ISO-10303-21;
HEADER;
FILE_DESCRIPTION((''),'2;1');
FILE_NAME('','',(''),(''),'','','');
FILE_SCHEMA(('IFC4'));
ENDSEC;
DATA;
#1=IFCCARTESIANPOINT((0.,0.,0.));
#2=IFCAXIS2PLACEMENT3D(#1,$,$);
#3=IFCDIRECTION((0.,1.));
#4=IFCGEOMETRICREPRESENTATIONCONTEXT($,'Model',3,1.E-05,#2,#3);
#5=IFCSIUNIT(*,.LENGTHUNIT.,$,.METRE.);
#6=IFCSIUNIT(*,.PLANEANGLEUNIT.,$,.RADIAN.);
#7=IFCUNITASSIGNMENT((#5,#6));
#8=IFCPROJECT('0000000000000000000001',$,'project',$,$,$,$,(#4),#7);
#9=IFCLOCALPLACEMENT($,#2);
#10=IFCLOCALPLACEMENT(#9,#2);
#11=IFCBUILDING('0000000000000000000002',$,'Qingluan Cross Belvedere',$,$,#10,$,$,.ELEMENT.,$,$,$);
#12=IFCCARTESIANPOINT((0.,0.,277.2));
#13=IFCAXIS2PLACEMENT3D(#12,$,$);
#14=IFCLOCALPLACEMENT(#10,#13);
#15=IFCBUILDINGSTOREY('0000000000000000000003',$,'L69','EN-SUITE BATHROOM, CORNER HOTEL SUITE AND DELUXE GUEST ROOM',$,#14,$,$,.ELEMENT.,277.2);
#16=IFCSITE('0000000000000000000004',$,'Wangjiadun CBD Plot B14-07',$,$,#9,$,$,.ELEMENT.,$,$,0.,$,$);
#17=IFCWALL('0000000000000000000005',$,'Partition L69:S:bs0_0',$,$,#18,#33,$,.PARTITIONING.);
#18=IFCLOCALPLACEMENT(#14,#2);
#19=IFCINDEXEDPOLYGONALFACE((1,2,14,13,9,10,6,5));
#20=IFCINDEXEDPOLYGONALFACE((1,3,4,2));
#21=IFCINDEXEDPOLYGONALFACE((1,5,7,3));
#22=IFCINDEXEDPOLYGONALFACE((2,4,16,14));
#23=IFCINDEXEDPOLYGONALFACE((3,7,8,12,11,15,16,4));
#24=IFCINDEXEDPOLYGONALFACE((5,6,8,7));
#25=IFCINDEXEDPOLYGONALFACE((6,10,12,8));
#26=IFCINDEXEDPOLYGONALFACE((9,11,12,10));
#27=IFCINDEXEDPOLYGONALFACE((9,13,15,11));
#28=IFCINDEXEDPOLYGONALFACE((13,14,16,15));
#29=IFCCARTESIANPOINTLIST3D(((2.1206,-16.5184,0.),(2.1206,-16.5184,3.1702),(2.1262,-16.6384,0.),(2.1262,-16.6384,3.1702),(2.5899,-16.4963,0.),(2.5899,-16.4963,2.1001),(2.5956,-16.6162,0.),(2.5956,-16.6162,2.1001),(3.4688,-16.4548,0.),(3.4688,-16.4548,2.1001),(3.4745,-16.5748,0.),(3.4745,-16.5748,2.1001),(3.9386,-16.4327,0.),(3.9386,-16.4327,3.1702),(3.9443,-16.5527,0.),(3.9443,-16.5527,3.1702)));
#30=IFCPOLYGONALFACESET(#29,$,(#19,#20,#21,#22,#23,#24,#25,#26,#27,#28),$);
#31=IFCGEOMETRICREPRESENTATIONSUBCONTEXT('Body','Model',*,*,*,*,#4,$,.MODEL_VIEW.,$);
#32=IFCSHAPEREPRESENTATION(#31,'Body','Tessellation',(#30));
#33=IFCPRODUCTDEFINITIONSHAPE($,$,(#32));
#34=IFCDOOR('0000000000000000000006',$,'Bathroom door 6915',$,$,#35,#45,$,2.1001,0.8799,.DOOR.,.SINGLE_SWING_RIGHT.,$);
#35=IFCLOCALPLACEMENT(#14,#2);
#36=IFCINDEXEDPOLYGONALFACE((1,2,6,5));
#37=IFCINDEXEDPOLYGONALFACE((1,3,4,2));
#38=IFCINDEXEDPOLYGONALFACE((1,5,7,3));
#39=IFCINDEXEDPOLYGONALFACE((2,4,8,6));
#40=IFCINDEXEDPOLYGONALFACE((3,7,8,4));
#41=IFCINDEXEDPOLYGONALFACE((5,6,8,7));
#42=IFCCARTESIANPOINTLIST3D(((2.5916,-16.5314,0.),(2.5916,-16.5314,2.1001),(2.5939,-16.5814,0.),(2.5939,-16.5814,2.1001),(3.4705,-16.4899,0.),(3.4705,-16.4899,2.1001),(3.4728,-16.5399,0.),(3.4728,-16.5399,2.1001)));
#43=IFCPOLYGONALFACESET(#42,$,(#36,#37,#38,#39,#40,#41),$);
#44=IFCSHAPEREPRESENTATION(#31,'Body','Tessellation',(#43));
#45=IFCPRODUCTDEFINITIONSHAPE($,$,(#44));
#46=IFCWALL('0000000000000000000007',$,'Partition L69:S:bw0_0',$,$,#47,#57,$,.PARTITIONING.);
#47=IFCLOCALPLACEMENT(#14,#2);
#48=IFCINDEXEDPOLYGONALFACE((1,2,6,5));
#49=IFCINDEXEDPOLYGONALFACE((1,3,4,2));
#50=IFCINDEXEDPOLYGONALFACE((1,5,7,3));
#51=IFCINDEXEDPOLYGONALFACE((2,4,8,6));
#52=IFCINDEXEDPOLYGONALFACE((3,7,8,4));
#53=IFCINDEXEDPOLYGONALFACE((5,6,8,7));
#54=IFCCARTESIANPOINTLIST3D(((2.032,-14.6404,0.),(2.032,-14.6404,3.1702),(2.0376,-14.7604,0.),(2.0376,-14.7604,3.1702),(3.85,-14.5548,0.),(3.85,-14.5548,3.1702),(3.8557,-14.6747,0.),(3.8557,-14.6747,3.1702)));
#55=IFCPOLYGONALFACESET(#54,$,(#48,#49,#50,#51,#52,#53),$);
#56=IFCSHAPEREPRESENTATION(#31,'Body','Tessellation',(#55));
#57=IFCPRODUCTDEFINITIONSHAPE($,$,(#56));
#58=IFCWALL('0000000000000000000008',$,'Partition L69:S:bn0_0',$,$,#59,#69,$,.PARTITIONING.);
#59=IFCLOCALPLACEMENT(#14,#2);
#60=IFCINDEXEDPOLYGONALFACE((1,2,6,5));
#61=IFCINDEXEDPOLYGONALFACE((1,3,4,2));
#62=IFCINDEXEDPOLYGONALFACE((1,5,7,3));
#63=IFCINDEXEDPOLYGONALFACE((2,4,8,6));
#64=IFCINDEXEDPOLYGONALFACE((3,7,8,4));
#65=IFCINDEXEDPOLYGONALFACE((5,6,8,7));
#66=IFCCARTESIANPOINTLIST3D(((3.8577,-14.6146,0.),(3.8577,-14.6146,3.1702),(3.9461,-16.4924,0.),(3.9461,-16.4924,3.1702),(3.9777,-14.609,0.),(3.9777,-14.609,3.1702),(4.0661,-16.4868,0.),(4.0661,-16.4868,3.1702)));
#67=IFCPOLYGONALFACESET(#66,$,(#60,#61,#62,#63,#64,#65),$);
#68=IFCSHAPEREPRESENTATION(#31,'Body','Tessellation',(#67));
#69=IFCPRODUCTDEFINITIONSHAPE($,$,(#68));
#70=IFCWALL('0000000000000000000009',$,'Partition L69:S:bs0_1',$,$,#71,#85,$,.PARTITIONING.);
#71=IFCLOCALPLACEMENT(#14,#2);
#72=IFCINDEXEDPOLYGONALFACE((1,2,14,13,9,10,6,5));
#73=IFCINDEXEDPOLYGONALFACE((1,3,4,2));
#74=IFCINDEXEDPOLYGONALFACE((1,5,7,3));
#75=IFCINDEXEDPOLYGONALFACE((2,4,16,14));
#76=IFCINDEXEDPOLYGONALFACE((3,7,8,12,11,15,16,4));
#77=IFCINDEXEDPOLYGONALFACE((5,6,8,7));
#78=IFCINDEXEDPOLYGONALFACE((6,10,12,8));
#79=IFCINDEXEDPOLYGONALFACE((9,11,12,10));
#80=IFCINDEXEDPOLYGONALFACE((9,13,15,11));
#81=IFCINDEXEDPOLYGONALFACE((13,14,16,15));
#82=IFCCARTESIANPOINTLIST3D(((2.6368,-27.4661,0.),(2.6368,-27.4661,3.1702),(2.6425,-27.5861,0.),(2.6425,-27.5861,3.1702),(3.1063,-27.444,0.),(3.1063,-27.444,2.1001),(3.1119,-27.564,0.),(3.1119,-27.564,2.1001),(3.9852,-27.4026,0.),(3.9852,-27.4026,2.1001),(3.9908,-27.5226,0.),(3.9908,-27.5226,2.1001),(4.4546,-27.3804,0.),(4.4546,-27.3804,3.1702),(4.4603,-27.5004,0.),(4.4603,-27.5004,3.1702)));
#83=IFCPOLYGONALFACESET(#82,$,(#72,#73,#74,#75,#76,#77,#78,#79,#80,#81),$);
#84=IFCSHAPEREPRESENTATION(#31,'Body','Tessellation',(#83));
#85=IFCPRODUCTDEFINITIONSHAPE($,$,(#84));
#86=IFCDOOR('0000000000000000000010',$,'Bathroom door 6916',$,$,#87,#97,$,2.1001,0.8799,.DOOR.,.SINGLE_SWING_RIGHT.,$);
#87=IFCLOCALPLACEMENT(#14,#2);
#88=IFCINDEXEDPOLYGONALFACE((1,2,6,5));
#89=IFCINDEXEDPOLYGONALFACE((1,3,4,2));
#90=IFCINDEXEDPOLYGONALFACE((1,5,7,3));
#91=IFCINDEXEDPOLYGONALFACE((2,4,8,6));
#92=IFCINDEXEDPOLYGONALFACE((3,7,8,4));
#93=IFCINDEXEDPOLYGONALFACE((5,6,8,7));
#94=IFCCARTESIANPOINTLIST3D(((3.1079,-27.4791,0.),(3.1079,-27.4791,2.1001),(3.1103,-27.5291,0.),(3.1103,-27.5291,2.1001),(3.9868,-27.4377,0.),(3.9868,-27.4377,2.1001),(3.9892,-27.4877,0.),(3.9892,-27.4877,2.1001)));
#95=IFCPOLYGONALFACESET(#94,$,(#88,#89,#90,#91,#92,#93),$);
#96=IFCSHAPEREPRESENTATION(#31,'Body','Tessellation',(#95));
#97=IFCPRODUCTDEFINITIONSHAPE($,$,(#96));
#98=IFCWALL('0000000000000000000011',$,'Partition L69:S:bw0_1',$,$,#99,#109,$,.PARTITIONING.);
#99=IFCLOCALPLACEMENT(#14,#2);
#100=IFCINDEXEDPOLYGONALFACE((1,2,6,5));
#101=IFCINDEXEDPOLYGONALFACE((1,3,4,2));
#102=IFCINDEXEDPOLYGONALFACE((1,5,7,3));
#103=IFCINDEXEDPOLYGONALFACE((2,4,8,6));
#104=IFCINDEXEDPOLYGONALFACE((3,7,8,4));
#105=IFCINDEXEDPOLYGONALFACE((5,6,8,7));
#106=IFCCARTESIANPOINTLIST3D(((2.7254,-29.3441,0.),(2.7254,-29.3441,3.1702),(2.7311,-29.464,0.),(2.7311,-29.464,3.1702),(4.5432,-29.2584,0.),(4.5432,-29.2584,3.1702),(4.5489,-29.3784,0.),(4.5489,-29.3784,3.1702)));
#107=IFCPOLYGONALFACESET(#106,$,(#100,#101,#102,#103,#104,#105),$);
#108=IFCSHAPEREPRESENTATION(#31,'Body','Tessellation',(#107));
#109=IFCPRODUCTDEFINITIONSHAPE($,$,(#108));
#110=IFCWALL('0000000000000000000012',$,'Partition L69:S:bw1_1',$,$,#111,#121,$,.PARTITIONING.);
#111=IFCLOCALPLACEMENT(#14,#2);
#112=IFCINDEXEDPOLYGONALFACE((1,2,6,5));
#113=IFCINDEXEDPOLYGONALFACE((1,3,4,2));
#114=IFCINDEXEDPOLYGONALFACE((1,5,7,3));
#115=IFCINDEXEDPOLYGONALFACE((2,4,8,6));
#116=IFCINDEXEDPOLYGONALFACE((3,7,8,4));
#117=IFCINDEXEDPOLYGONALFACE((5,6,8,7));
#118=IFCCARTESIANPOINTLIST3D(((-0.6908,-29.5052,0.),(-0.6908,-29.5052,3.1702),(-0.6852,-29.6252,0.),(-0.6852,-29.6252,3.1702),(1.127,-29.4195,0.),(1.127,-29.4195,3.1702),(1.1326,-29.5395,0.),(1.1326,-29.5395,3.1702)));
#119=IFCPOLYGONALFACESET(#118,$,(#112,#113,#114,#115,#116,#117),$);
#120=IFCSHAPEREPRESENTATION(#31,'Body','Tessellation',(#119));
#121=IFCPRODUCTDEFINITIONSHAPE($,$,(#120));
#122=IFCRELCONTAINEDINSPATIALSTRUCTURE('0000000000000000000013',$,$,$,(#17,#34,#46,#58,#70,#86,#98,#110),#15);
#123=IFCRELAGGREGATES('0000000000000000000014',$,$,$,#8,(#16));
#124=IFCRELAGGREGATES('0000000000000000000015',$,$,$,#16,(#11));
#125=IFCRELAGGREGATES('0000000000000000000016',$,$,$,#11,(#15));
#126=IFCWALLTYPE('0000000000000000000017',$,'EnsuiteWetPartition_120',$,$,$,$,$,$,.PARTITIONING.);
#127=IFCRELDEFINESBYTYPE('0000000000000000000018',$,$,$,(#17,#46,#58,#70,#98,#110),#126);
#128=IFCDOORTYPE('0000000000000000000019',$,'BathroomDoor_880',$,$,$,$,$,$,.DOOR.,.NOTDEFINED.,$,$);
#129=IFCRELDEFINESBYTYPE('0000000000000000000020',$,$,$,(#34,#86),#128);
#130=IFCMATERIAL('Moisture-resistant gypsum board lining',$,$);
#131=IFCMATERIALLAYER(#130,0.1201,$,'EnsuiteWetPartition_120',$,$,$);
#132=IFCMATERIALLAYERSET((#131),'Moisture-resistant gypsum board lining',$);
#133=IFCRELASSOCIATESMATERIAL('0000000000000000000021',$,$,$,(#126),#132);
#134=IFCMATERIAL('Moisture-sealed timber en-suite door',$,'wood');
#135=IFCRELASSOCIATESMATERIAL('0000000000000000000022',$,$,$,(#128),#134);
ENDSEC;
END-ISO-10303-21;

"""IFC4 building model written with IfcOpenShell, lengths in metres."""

from ifc_helpers import new_model, si_unit, direction, frame, frame_2d, origin, place, context, subcontext, project, spatial, rectangle, extrude, material, layer, layer_set, type_object, element, fill, save


model = new_model("IFC4")

# Units and contexts
model_context = context("Model", 3, precision=1e-05, world=origin(), true_north=direction((0.0, 1.0)))
body_context = subcontext(model_context, "Body", "Model", "MODEL_VIEW")
ifc_project = project(units=[si_unit("LENGTHUNIT", "METRE"), si_unit("PLANEANGLEUNIT", "RADIAN")], contexts=[model_context])

# Site, building, storey
site_placement = place(None, origin())
site = spatial("IfcSite", under=ifc_project, at=site_placement, Name="Wangjiadun CBD Plot B14-07", CompositionType="ELEMENT", RefElevation=0.0)
building_placement = place(site_placement, origin())
building = spatial("IfcBuilding", under=site, at=building_placement, Name="Qingluan Cross Belvedere", CompositionType="ELEMENT")
storey_placement = place(building_placement, frame((0.0, 0.0, 277.2)))
storey = spatial("IfcBuildingStorey", under=building, at=storey_placement, Name="L69", Description="EN-SUITE BATHROOM, CORNER HOTEL SUITE AND DELUXE GUEST ROOM", CompositionType="ELEMENT", Elevation=277.2)

# Wall, opening, door
ifc_material_1 = material(Name="Moisture-resistant gypsum board lining")
ifc_layer_1 = layer(ifc_material_1, 0.1201, Name="EnsuiteWetPartition_120")
ifc_layer_set_1 = layer_set([ifc_layer_1], Name="Moisture-resistant gypsum board lining")
wall_type_1 = type_object("IfcWallType", Name="EnsuiteWetPartition_120", PredefinedType="PARTITIONING", material=ifc_layer_set_1)
wall_1_placement = place(storey_placement, frame((2.1233, -16.5784, 0.0), z_axis=(0.0, 0.0, 1.0), x_axis=(0.998891, 0.047081, 0.0)))
wall_1 = element("IfcWall", 1, at=wall_1_placement, inside=storey, type_object=wall_type_1, Name="Partition L69:S:bs0_0", PredefinedType="PARTITIONING", context=body_context, shape_type="SweptSolid", body=[
    extrude(rectangle(XDim=1.8201, YDim=0.1201, at=frame_2d((0.9102, 0.0))), origin(), (0.0, 0.0, 1.0), 3.1702),
])
opening_1_placement = place(wall_1_placement, frame((0.47, 0.0, 0.0)))
opening_1 = element("IfcOpeningElement", 2, at=opening_1_placement, cuts=wall_1, PredefinedType="OPENING", context=body_context, shape_type="SweptSolid", body=[
    extrude(rectangle(XDim=0.8799, YDim=2.1001, at=frame_2d((0.4399, 1.05))), frame((0.0, 0.0701, 0.0), z_axis=(0.0, -1.0, 0.0), x_axis=(1.0, 0.0, 0.0)), (0.0, 0.0, 1.0), 0.1401),
])
ifc_material_2 = material(Name="Moisture-sealed timber en-suite door", Category="wood")
door_type_1 = type_object("IfcDoorType", Name="BathroomDoor_880", OperationType="NOTDEFINED", PredefinedType="DOOR", material=ifc_material_2)
door_1_placement = place(opening_1_placement, origin())
door_1 = element("IfcDoor", 3, at=door_1_placement, inside=storey, type_object=door_type_1, Name="Bathroom door 6915", OperationType="SINGLE_SWING_RIGHT", OverallHeight=2.1001, OverallWidth=0.8799, PredefinedType="DOOR", context=body_context, shape_type="SweptSolid", body=[
    extrude(rectangle(XDim=0.8799, YDim=2.1001, at=frame_2d((0.4399, 1.05))), frame((0.0, 0.0249, 0.0), z_axis=(0.0, -1.0, 0.0), x_axis=(1.0, 0.0, 0.0)), (0.0, 0.0, 1.0), 0.05),
])
fill(opening_1, door_1)

# Walls
wall_2_placement = place(storey_placement, frame((2.0347, -14.7004, 0.0), z_axis=(0.0, 0.0, 1.0), x_axis=(0.998891, 0.047081, 0.0)))
element("IfcWall", 4, at=wall_2_placement, inside=storey, type_object=wall_type_1, Name="Partition L69:S:bw0_0", PredefinedType="PARTITIONING", context=body_context, shape_type="SweptSolid", body=[
    extrude(rectangle(XDim=1.8201, YDim=0.1201, at=frame_2d((0.9102, 0.0))), origin(), (0.0, 0.0, 1.0), 3.1702),
])
wall_3_placement = place(storey_placement, frame((3.9177, -14.6118, 0.0), z_axis=(0.0, 0.0, 1.0), x_axis=(0.047016, -0.998894, 0.0)))
element("IfcWall", 5, at=wall_3_placement, inside=storey, type_object=wall_type_1, Name="Partition L69:S:bn0_0", PredefinedType="PARTITIONING", context=body_context, shape_type="SweptSolid", body=[
    extrude(rectangle(XDim=1.8799, YDim=0.1201, at=frame_2d((0.9399, 0.0))), origin(), (0.0, 0.0, 1.0), 3.1702),
])

# Wall, opening, door
wall_4_placement = place(storey_placement, frame((2.6396, -27.5261, 0.0), z_axis=(0.0, 0.0, 1.0), x_axis=(0.998891, 0.047087, 0.0)))
wall_4 = element("IfcWall", 6, at=wall_4_placement, inside=storey, type_object=wall_type_1, Name="Partition L69:S:bs0_1", PredefinedType="PARTITIONING", context=body_context, shape_type="SweptSolid", body=[
    extrude(rectangle(XDim=1.8198, YDim=0.1201, at=frame_2d((0.9099, 0.0))), origin(), (0.0, 0.0, 1.0), 3.1702),
])
opening_2_placement = place(wall_4_placement, frame((0.47, 0.0, 0.0)))
opening_2 = element("IfcOpeningElement", 7, at=opening_2_placement, cuts=wall_4, PredefinedType="OPENING", context=body_context, shape_type="SweptSolid", body=[
    extrude(rectangle(XDim=0.8799, YDim=2.1001, at=frame_2d((0.4399, 1.05))), frame((0.0, 0.0701, 0.0), z_axis=(0.0, -1.0, 0.0), x_axis=(1.0, 0.0, 0.0)), (0.0, 0.0, 1.0), 0.1401),
])
door_2_placement = place(opening_2_placement, origin())
door_2 = element("IfcDoor", 8, at=door_2_placement, inside=storey, type_object=door_type_1, Name="Bathroom door 6916", OperationType="SINGLE_SWING_RIGHT", OverallHeight=2.1001, OverallWidth=0.8799, PredefinedType="DOOR", context=body_context, shape_type="SweptSolid", body=[
    extrude(rectangle(XDim=0.8799, YDim=2.1001, at=frame_2d((0.4399, 1.05))), frame((0.0, 0.0249, 0.0), z_axis=(0.0, -1.0, 0.0), x_axis=(1.0, 0.0, 0.0)), (0.0, 0.0, 1.0), 0.05),
])
fill(opening_2, door_2)

# Walls
for number, where, z_axis, x_axis, name in (
    (9, (2.7283, -29.4041, 0.0), (0.0, 0.0, 1.0), (0.998891, 0.047087, 0.0), "Partition L69:S:bw0_1"),
    (10, (-0.688, -29.5652, 0.0), (0.0, 0.0, 1.0), (0.998891, 0.047087, 0.0), "Partition L69:S:bw1_1"),
):
    element("IfcWall", number, at=place(storey_placement, frame(where, z_axis=z_axis, x_axis=x_axis)), inside=storey, type_object=wall_type_1, Name=name, PredefinedType="PARTITIONING", context=body_context, shape_type="SweptSolid", body=[
        extrude(rectangle(XDim=1.8198, YDim=0.1201, at=frame_2d((0.9099, 0.0))), origin(), (0.0, 0.0, 1.0), 3.1702),
    ])

save(model, "model.ifc")
